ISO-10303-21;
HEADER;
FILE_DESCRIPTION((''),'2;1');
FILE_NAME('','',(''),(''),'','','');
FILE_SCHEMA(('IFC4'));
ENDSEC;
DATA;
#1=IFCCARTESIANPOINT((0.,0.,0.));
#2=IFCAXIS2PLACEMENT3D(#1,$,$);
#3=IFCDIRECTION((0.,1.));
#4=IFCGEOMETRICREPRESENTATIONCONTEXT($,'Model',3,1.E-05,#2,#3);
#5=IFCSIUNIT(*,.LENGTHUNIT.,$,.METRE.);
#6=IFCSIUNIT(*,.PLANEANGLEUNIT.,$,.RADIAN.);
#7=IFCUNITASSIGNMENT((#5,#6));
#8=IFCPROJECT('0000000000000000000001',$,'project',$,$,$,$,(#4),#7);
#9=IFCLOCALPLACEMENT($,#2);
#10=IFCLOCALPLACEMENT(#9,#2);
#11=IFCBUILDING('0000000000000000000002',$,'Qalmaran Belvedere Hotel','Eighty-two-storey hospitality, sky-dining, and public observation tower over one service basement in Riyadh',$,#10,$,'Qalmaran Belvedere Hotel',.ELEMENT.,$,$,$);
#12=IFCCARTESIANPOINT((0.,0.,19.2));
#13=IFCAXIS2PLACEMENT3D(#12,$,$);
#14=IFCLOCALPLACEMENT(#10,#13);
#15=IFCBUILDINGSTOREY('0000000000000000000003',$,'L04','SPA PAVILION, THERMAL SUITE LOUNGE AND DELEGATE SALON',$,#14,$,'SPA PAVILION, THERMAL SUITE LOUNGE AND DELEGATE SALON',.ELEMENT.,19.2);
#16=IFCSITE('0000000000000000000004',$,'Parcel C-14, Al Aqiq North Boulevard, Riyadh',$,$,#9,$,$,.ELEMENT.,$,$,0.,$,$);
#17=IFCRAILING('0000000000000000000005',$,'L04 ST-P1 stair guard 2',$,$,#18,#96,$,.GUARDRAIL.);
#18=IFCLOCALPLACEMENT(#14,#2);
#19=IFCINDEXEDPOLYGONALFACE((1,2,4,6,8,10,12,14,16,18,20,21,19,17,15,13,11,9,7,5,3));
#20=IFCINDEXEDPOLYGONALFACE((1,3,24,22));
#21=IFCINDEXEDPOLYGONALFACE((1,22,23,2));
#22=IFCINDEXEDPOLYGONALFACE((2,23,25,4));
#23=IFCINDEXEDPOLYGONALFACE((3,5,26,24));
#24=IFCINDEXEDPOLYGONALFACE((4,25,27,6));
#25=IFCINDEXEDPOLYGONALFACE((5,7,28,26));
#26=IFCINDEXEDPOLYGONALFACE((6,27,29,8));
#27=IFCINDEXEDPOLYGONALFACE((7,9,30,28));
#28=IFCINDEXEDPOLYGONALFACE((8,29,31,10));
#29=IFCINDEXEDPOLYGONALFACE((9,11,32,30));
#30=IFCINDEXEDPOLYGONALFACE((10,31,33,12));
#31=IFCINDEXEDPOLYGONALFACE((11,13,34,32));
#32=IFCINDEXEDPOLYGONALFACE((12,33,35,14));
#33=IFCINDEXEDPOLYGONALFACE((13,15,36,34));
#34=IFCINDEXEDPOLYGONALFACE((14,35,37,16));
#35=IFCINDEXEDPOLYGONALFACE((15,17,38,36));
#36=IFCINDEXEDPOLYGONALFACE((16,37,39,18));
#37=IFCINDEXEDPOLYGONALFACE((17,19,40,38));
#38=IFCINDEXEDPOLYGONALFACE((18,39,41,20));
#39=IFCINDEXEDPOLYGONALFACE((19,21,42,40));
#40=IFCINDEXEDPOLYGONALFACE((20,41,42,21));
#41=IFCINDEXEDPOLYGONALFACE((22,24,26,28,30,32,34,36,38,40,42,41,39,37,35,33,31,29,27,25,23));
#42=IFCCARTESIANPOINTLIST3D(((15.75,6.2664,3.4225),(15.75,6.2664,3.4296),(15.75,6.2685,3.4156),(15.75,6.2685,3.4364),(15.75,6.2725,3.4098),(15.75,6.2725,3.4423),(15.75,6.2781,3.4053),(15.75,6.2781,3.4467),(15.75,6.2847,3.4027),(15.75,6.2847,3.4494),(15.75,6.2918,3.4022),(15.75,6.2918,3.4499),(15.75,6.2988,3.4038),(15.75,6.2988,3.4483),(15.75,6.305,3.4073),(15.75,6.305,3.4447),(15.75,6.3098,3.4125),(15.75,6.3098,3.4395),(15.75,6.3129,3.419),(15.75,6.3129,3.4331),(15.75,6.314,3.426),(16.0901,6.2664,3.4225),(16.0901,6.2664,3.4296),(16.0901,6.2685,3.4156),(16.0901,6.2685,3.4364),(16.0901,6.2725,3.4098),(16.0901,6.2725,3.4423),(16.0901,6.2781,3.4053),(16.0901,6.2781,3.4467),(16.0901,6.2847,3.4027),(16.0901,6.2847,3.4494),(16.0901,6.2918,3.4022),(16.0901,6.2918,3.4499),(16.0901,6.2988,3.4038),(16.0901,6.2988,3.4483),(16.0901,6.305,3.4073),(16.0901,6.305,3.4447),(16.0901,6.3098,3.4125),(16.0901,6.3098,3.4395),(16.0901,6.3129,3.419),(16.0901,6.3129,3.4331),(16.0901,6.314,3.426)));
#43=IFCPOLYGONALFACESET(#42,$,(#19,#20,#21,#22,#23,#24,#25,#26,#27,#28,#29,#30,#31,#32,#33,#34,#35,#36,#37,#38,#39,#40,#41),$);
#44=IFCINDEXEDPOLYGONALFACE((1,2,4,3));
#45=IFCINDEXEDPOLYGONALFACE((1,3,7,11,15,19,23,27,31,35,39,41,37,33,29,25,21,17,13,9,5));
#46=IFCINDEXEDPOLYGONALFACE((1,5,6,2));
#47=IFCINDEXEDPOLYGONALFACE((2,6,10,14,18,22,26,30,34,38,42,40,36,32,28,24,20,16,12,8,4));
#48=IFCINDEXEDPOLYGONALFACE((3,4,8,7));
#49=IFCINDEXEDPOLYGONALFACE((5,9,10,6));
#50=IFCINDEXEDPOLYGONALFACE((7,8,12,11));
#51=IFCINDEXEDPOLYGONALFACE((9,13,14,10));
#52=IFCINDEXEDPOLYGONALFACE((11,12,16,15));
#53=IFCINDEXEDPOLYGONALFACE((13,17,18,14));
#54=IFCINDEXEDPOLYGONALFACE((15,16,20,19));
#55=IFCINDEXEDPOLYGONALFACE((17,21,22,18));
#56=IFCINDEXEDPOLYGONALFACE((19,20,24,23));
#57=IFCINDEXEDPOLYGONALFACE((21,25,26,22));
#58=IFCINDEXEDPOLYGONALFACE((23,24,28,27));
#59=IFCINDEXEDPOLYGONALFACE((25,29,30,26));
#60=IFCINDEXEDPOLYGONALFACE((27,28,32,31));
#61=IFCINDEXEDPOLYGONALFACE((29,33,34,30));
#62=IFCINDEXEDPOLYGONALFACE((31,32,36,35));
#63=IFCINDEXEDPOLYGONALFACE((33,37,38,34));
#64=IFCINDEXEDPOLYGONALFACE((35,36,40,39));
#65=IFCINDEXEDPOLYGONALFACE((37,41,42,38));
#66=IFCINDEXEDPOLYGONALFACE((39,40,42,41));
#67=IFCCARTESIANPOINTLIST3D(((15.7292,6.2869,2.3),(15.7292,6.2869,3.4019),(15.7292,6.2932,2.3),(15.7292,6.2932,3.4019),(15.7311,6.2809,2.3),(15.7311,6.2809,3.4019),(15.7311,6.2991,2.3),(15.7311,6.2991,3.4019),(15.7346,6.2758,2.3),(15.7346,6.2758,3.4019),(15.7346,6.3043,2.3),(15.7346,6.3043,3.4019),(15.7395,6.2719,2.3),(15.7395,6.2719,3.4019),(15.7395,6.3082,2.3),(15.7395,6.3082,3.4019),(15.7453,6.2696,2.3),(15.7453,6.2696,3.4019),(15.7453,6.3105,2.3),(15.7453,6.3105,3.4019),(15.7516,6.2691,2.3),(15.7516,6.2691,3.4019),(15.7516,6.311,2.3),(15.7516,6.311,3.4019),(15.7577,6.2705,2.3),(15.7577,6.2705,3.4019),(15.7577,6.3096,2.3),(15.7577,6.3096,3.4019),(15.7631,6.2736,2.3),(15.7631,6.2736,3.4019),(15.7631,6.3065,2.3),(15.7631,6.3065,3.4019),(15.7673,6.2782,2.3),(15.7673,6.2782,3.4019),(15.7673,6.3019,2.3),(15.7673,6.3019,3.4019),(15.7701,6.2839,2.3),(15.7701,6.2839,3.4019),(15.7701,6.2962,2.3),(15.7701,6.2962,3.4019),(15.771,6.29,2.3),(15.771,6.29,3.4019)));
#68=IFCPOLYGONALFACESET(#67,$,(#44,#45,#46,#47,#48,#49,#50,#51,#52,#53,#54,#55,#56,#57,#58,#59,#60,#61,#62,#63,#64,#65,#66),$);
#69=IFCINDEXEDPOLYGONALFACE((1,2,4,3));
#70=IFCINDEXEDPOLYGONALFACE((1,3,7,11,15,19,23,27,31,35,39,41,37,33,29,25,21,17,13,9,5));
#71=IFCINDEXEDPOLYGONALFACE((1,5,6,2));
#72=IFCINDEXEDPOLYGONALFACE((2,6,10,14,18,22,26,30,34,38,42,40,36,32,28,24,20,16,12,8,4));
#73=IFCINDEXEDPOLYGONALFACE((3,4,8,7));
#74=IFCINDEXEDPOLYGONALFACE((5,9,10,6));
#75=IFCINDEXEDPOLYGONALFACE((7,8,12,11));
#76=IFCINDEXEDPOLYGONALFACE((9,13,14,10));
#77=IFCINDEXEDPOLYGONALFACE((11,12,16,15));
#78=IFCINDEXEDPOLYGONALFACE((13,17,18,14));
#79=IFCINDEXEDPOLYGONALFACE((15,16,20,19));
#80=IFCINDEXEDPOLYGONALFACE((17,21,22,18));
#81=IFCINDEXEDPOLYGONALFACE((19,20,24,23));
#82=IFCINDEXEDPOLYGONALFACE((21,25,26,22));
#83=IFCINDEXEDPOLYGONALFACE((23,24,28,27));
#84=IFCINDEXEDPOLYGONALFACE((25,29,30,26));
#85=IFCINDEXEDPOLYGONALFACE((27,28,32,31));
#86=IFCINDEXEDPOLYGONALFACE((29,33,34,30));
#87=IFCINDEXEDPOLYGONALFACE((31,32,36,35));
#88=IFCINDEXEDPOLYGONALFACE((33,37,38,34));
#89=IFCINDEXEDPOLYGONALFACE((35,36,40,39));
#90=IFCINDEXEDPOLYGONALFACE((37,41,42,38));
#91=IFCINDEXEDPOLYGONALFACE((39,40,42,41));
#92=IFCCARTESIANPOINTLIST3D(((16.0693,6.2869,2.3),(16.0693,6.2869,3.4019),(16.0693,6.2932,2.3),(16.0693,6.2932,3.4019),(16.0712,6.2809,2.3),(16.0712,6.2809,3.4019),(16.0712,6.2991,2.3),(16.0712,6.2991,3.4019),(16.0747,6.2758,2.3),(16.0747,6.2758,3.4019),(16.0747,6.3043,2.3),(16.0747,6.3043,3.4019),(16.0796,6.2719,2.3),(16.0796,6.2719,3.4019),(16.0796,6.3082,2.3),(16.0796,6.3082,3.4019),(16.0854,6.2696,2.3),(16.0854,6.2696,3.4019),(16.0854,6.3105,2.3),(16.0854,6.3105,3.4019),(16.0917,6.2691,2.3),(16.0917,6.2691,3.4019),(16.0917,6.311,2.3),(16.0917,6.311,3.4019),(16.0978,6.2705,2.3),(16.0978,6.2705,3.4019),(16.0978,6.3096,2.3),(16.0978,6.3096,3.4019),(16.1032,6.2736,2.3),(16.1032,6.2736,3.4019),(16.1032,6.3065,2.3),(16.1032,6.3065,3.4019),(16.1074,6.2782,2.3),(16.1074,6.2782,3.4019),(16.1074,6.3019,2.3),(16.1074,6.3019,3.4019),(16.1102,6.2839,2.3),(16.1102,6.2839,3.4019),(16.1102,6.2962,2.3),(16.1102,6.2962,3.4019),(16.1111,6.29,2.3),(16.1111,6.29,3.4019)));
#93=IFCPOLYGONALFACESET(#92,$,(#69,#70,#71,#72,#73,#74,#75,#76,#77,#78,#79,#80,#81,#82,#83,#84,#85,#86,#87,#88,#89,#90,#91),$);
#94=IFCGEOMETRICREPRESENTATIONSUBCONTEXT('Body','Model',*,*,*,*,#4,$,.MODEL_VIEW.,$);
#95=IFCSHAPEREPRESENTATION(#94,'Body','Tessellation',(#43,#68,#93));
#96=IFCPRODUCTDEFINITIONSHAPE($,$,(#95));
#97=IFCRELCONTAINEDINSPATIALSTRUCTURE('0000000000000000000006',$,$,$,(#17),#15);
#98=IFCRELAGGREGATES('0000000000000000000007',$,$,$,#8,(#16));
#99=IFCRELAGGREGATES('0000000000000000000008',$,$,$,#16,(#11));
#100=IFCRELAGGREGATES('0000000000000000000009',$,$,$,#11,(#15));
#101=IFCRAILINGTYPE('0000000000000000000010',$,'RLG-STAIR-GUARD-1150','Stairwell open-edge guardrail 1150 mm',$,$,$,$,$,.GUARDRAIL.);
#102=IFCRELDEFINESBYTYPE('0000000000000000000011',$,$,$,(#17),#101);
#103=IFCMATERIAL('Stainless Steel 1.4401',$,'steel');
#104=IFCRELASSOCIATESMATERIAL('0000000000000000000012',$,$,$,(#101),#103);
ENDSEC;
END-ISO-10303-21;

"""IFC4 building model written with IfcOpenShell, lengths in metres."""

from ifc_helpers import new_model, si_unit, direction, frame, origin, origin_2d, place, context, subcontext, project, spatial, circle, extrude, material, type_object, element, save


model = new_model("IFC4")

# Units and contexts
model_context = context("Model", 3, precision=1e-05, world=origin(), true_north=direction((0.0, 1.0)))
body_context = subcontext(model_context, "Body", "Model", "MODEL_VIEW")
ifc_project = project(units=[si_unit("LENGTHUNIT", "METRE"), si_unit("PLANEANGLEUNIT", "RADIAN")], contexts=[model_context])

# Site, building, storey
site_placement = place(None, origin())
site = spatial("IfcSite", under=ifc_project, at=site_placement, Name="Parcel C-14, Al Aqiq North Boulevard, Riyadh", CompositionType="ELEMENT", RefElevation=0.0)
building_placement = place(site_placement, origin())
building = spatial("IfcBuilding", under=site, at=building_placement, Name="Qalmaran Belvedere Hotel", Description="Eighty-two-storey hospitality, sky-dining, and public observation tower over one service basement in Riyadh", LongName="Qalmaran Belvedere Hotel", CompositionType="ELEMENT")
storey_placement = place(building_placement, frame((0.0, 0.0, 19.2)))
storey = spatial("IfcBuildingStorey", under=building, at=storey_placement, Name="L04", Description="SPA PAVILION, THERMAL SUITE LOUNGE AND DELEGATE SALON", LongName="SPA PAVILION, THERMAL SUITE LOUNGE AND DELEGATE SALON", CompositionType="ELEMENT", Elevation=19.2)

# Railing
ifc_material_1 = material(Name="Stainless Steel 1.4401", Category="steel")
railing_type_1 = type_object("IfcRailingType", Name="RLG-STAIR-GUARD-1150", Description="Stairwell open-edge guardrail 1150 mm", PredefinedType="GUARDRAIL", material=ifc_material_1)
railing_1_placement = place(storey_placement, frame((15.75, 6.29, 2.3)))
element("IfcRailing", 1, at=railing_1_placement, inside=storey, type_object=railing_type_1, Name="L04 ST-P1 stair guard 2", PredefinedType="GUARDRAIL", context=body_context, shape_type="SweptSolid", body=[
    extrude(circle(Radius=0.0239, at=origin_2d()), frame((0.0, 0.0, 1.126), z_axis=(1.0, 0.0, 0.0), x_axis=(0.0, 1.0, 0.0)), (0.0, 0.0, 1.0), 0.3401),
    extrude(circle(Radius=0.021, at=origin_2d()), origin(), (0.0, 0.0, 1.0), 1.1018),
    extrude(circle(Radius=0.021, at=origin_2d()), frame((0.3401, 0.0, 0.0)), (0.0, 0.0, 1.0), 1.1018),
])

save(model, "model.ifc")
